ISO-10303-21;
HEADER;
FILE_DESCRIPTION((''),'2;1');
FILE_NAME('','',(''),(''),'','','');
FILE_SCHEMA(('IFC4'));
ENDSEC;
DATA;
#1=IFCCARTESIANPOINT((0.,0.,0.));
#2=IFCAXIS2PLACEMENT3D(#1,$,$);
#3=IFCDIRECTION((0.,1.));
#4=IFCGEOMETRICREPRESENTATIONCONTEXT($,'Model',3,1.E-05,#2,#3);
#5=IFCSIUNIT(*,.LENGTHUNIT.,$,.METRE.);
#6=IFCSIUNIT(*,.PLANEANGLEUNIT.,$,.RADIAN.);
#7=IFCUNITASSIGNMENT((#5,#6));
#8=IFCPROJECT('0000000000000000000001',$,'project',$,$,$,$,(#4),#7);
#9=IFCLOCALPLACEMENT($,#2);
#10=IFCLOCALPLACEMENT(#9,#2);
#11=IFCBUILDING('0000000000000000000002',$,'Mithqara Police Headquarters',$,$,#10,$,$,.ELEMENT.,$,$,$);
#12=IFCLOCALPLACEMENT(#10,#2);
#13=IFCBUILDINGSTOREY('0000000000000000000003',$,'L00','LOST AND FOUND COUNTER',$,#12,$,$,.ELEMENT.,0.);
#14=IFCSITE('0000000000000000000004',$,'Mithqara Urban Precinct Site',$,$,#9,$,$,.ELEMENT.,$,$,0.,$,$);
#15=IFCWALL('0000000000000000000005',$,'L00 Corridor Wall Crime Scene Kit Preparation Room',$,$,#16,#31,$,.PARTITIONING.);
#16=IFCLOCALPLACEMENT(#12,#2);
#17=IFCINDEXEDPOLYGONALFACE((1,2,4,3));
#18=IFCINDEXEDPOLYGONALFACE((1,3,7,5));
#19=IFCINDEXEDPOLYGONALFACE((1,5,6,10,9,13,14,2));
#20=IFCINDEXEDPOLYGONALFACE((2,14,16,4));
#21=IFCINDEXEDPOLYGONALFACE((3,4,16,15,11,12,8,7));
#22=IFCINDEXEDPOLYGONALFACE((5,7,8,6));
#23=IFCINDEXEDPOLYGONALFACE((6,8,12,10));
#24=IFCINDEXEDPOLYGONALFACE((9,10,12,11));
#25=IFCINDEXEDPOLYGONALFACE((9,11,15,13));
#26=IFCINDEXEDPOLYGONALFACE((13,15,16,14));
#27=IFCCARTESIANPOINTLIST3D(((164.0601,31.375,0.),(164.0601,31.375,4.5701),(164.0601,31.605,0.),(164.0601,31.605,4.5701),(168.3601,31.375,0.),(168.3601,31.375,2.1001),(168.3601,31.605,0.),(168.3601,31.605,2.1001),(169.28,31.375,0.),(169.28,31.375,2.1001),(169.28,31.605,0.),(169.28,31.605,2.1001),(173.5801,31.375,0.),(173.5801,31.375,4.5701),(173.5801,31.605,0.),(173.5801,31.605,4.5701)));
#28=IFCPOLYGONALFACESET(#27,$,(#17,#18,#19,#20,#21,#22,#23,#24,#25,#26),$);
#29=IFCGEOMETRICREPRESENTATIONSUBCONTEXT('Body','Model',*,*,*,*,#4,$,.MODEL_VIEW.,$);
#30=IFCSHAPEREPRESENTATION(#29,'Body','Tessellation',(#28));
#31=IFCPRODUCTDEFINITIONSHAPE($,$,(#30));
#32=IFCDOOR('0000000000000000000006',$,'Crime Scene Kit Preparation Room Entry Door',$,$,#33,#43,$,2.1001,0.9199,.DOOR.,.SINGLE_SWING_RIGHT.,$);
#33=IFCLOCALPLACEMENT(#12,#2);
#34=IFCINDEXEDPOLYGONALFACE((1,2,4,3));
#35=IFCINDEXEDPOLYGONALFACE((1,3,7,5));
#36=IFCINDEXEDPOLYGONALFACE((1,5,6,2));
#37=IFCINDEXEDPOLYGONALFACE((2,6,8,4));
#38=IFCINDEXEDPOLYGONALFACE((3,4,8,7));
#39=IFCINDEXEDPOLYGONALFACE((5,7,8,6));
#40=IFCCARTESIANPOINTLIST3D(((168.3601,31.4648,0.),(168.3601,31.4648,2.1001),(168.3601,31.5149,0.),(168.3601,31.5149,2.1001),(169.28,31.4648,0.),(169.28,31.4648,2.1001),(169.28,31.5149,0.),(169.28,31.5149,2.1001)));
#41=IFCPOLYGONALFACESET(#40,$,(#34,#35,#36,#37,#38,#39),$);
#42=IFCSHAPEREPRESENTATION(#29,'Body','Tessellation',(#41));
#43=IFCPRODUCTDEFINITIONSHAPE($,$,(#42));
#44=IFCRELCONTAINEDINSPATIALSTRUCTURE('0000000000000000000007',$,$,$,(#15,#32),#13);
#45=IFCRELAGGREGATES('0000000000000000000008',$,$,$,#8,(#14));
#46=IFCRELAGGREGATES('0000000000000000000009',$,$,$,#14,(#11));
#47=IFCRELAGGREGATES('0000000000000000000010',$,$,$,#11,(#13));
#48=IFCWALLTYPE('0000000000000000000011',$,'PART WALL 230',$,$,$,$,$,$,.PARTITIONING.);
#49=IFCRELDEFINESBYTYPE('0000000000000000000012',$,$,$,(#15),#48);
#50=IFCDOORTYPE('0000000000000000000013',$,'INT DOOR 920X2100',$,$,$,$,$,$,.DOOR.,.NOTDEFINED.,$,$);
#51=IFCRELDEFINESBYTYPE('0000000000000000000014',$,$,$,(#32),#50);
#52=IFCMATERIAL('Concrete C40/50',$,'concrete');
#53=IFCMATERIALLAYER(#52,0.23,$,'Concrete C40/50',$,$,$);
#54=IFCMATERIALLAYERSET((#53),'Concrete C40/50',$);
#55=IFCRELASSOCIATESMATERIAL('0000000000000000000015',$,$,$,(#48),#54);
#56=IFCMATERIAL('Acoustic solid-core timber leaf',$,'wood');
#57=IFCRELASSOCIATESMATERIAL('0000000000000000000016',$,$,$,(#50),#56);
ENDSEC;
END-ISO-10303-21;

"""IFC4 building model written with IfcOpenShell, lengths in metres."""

from ifc_helpers import new_model, si_unit, direction, frame, frame_2d, origin, place, context, subcontext, project, spatial, rectangle, extrude, material, layer, layer_set, type_object, element, fill, save


model = new_model("IFC4")

# Units and contexts
model_context = context("Model", 3, precision=1e-05, world=origin(), true_north=direction((0.0, 1.0)))
body_context = subcontext(model_context, "Body", "Model", "MODEL_VIEW")
ifc_project = project(units=[si_unit("LENGTHUNIT", "METRE"), si_unit("PLANEANGLEUNIT", "RADIAN")], contexts=[model_context])

# Site, building, storey
site_placement = place(None, origin())
site = spatial("IfcSite", under=ifc_project, at=site_placement, Name="Mithqara Urban Precinct Site", CompositionType="ELEMENT", RefElevation=0.0)
building_placement = place(site_placement, origin())
building = spatial("IfcBuilding", under=site, at=building_placement, Name="Mithqara Police Headquarters", CompositionType="ELEMENT")
storey_placement = place(building_placement, origin())
storey = spatial("IfcBuildingStorey", under=building, at=storey_placement, Name="L00", Description="LOST AND FOUND COUNTER", CompositionType="ELEMENT", Elevation=0.0)

# Shared definitions
ifc_material_1 = material(Name="Concrete C40/50", Category="concrete")

# Shared definitions
ifc_layer_1 = layer(ifc_material_1, 0.23, Name="Concrete C40/50")
ifc_layer_set_1 = layer_set([ifc_layer_1], Name="Concrete C40/50")
wall_type = type_object("IfcWallType", Name="PART WALL 230", PredefinedType="PARTITIONING", material=ifc_layer_set_1)

# Wall, opening, door
wall_1_placement = place(storey_placement, frame((164.0601, 31.49, 0.0), z_axis=(0.0, 0.0, 1.0), x_axis=(1.0, 0.0, 0.0)))
wall_1 = element("IfcWall", 1, at=wall_1_placement, inside=storey, type_object=wall_type, Name="L00 Corridor Wall Crime Scene Kit Preparation Room", PredefinedType="PARTITIONING", context=body_context, shape_type="SweptSolid", body=[
    extrude(rectangle(XDim=9.52, YDim=0.23, at=frame_2d((4.76, 0.0))), origin(), (0.0, 0.0, 1.0), 4.5701),
])
opening_1_placement = place(wall_1_placement, frame((4.3, 0.0, 0.0)))
opening_1 = element("IfcOpeningElement", 2, at=opening_1_placement, cuts=wall_1, PredefinedType="OPENING", context=body_context, shape_type="SweptSolid", body=[
    extrude(rectangle(XDim=0.9199, YDim=2.1001, at=frame_2d((0.46, 1.05))), frame((0.0, 0.125, 0.0), z_axis=(0.0, -1.0, 0.0), x_axis=(1.0, 0.0, 0.0)), (0.0, 0.0, 1.0), 0.25),
])
ifc_material_2 = material(Name="Acoustic solid-core timber leaf", Category="wood")
door_type_1 = type_object("IfcDoorType", Name="INT DOOR 920X2100", OperationType="NOTDEFINED", PredefinedType="DOOR", material=ifc_material_2)
door_1_placement = place(opening_1_placement, origin())
door_1 = element("IfcDoor", 3, at=door_1_placement, inside=storey, type_object=door_type_1, Name="Crime Scene Kit Preparation Room Entry Door", OperationType="SINGLE_SWING_RIGHT", OverallHeight=2.1001, OverallWidth=0.9199, PredefinedType="DOOR", context=body_context, shape_type="SweptSolid", body=[
    extrude(rectangle(XDim=0.9199, YDim=2.1001, at=frame_2d((0.46, 1.05))), frame((0.0, 0.0249, 0.0), z_axis=(0.0, -1.0, 0.0), x_axis=(1.0, 0.0, 0.0)), (0.0, 0.0, 1.0), 0.05),
])
fill(opening_1, door_1)

save(model, "model.ifc")
